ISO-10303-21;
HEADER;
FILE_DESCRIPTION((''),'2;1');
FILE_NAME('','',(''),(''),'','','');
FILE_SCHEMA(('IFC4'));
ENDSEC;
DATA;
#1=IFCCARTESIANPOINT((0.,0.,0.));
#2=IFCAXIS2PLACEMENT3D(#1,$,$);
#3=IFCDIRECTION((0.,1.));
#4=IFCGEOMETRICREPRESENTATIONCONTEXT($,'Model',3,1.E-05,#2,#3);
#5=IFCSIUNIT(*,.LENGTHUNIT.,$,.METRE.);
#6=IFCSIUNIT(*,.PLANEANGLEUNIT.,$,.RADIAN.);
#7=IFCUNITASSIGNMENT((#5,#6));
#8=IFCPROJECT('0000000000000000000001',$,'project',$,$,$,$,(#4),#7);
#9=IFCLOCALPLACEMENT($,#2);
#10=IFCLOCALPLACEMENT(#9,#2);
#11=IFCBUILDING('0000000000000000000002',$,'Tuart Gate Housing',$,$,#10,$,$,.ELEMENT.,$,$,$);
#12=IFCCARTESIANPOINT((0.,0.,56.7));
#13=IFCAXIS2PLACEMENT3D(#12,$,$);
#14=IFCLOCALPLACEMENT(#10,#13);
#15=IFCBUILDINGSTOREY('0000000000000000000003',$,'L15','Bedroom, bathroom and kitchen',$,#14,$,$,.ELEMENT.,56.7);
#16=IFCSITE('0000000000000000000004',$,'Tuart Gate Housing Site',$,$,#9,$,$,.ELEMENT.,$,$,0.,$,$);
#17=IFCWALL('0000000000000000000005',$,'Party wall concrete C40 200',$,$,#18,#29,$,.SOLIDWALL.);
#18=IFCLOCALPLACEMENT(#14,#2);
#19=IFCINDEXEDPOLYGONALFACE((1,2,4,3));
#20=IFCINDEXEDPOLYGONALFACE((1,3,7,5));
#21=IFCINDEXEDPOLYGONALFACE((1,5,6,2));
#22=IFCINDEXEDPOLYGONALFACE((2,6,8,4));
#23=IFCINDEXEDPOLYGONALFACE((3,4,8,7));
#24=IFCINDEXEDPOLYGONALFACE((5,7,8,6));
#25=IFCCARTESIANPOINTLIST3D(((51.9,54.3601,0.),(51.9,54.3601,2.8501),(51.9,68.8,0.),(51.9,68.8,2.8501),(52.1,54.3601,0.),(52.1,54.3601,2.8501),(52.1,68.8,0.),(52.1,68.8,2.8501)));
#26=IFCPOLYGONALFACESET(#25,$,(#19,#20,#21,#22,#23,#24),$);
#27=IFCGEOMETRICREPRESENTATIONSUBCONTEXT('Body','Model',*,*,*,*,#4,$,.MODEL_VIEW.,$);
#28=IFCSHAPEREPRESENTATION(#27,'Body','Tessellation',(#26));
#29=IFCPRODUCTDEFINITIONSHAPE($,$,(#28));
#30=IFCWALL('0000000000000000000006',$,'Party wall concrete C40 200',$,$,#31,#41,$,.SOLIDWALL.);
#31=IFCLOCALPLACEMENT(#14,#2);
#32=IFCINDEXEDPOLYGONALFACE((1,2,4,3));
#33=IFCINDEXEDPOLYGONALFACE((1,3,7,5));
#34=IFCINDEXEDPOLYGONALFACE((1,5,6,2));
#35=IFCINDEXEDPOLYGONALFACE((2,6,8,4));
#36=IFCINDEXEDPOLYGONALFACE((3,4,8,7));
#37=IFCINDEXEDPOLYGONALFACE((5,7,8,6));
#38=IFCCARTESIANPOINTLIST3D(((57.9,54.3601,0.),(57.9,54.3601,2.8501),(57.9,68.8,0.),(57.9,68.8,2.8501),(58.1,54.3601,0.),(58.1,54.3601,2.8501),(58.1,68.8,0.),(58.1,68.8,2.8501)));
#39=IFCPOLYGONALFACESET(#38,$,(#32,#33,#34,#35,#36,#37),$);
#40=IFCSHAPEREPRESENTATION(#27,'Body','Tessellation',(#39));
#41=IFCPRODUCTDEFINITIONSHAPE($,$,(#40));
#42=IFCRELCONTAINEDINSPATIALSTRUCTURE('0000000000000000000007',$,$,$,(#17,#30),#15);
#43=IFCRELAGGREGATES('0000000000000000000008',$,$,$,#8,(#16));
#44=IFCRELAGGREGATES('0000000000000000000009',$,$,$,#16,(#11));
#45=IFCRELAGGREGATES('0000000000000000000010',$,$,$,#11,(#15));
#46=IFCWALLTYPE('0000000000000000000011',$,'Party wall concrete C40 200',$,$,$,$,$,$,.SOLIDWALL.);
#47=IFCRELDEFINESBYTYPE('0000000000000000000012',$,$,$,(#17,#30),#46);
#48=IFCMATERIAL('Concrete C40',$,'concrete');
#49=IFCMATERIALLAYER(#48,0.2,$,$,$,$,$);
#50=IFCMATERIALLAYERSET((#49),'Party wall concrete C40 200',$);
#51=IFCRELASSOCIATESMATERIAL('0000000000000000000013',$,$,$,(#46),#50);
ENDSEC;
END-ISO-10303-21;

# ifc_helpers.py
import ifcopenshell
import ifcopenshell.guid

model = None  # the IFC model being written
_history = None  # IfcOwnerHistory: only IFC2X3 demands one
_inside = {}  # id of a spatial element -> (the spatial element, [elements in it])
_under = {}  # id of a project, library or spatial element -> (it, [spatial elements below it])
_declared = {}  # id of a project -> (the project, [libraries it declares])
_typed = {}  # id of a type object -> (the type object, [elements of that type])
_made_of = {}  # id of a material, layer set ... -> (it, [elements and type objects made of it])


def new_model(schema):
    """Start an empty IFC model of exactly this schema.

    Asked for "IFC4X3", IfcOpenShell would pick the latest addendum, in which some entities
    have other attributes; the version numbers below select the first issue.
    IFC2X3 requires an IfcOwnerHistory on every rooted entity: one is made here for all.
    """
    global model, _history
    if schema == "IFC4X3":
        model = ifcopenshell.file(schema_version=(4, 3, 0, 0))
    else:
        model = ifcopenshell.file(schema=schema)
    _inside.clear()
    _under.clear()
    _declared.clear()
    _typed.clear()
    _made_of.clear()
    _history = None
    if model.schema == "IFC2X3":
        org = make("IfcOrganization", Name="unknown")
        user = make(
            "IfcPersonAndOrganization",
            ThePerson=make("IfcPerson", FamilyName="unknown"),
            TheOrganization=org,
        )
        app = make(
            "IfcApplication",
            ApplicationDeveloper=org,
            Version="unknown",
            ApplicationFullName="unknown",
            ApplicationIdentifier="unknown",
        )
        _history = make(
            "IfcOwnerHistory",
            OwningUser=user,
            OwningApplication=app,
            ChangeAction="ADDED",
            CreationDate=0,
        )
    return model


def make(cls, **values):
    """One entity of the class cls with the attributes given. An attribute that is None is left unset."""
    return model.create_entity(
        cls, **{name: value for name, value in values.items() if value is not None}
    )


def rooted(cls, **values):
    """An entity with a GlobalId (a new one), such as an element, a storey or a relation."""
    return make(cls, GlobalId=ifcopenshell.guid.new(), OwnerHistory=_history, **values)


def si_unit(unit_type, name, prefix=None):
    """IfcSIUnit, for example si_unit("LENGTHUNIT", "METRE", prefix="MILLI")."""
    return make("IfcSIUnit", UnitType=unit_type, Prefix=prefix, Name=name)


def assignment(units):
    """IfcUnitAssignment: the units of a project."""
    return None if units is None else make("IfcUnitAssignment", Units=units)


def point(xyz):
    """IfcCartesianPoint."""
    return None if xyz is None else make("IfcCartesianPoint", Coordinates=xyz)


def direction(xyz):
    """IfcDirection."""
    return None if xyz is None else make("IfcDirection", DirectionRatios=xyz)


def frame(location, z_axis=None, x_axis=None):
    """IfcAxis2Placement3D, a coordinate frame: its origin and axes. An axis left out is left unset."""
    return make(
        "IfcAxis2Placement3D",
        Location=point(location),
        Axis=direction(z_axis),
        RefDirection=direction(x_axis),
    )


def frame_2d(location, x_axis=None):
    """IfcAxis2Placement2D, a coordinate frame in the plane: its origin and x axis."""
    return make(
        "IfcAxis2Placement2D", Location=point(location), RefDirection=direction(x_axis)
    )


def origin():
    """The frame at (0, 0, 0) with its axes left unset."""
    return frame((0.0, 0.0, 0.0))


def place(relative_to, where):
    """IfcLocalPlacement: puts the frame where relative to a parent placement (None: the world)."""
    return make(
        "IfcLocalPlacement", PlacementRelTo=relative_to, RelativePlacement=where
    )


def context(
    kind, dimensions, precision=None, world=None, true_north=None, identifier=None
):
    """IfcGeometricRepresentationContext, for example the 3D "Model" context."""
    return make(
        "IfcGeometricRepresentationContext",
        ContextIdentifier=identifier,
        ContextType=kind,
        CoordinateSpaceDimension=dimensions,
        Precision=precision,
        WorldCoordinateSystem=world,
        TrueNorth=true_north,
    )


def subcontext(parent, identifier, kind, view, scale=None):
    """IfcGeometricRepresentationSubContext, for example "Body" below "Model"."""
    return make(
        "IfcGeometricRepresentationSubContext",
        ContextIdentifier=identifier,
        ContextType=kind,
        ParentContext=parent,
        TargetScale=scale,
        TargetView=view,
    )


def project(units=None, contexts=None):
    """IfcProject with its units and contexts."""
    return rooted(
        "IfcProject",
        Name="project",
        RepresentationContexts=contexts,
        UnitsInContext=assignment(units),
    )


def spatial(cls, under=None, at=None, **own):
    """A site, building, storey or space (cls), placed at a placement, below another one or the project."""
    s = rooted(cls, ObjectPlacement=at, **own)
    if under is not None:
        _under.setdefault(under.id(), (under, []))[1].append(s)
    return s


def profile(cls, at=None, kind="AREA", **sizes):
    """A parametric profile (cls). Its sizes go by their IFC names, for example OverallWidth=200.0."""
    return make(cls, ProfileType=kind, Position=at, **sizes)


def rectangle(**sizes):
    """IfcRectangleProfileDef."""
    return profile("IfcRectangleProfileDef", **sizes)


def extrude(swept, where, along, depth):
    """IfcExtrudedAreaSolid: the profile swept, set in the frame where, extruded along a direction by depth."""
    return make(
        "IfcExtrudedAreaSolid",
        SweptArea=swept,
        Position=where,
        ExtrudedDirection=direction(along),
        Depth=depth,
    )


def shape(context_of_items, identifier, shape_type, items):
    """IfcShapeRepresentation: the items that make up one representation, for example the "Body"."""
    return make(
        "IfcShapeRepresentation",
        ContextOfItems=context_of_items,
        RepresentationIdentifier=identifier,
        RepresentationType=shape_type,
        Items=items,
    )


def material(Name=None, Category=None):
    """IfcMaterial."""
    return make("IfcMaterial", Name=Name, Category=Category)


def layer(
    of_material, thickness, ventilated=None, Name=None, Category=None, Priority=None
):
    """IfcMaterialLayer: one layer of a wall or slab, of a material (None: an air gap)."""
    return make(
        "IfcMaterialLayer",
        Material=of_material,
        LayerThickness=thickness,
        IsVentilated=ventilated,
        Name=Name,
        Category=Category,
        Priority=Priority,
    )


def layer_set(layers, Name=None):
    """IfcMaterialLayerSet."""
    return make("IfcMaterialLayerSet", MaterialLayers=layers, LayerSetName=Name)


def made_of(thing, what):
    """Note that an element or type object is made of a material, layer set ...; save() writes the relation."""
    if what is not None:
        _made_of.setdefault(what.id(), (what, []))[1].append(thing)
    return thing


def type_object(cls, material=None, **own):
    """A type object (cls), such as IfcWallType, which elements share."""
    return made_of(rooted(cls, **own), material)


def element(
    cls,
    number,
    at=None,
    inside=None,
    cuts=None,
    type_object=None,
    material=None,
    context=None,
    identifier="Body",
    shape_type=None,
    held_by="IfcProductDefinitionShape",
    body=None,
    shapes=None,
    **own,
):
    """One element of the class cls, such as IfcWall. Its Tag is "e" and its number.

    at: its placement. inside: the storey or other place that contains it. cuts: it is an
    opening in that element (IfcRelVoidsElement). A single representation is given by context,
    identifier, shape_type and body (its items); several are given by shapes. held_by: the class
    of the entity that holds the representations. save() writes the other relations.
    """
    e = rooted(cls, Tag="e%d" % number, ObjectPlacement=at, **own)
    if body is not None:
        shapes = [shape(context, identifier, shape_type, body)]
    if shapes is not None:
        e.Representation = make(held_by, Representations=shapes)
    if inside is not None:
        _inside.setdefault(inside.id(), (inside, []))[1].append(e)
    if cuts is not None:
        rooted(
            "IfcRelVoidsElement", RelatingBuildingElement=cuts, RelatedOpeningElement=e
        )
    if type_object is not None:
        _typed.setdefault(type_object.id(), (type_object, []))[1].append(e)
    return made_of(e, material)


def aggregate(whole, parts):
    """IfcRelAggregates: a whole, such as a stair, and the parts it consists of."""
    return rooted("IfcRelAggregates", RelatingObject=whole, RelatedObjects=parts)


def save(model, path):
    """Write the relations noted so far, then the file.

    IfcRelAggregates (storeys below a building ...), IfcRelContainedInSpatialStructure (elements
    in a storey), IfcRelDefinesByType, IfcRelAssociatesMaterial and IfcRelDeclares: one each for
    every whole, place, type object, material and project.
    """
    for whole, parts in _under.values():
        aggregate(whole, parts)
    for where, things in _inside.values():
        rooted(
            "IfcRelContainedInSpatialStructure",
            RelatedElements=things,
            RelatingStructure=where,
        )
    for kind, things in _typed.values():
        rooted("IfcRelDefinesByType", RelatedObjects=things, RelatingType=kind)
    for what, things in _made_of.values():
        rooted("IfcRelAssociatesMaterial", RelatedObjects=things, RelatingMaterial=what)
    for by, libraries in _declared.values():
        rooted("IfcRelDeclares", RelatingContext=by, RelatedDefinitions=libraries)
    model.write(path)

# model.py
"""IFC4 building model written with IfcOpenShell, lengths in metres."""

from ifc_helpers import new_model, si_unit, direction, frame, frame_2d, origin, place, context, subcontext, project, spatial, rectangle, extrude, material, layer, layer_set, type_object, element, save


model = new_model("IFC4")

# Units and contexts
model_context = context("Model", 3, precision=1e-05, world=origin(), true_north=direction((0.0, 1.0)))
body_context = subcontext(model_context, "Body", "Model", "MODEL_VIEW")
ifc_project = project(units=[si_unit("LENGTHUNIT", "METRE"), si_unit("PLANEANGLEUNIT", "RADIAN")], contexts=[model_context])

# Site, building, storey
site_placement = place(None, origin())
site = spatial("IfcSite", under=ifc_project, at=site_placement, Name="Tuart Gate Housing Site", CompositionType="ELEMENT", RefElevation=0.0)
building_placement = place(site_placement, origin())
building = spatial("IfcBuilding", under=site, at=building_placement, Name="Tuart Gate Housing", CompositionType="ELEMENT")
storey_placement = place(building_placement, frame((0.0, 0.0, 56.7)))
storey = spatial("IfcBuildingStorey", under=building, at=storey_placement, Name="L15", Description="Bedroom, bathroom and kitchen", CompositionType="ELEMENT", Elevation=56.7)

# Walls
ifc_material_1 = material(Name="Concrete C40", Category="concrete")
ifc_layer_1 = layer(ifc_material_1, 0.2)
ifc_layer_set_1 = layer_set([ifc_layer_1], Name="Party wall concrete C40 200")
wall_type_1 = type_object("IfcWallType", Name="Party wall concrete C40 200", PredefinedType="SOLIDWALL", material=ifc_layer_set_1)
for number, where, z_axis, x_axis, name in (
    (1, (52.0, 54.3601, 0.0), (0.0, 0.0, 1.0), (0.0, 1.0, 0.0), "Party wall concrete C40 200"),
    (2, (58.0, 54.3601, 0.0), (0.0, 0.0, 1.0), (0.0, 1.0, 0.0), "Party wall concrete C40 200"),
):
    element("IfcWall", number, at=place(storey_placement, frame(where, z_axis=z_axis, x_axis=x_axis)), inside=storey, type_object=wall_type_1, Name=name, PredefinedType="SOLIDWALL", context=body_context, shape_type="SweptSolid", body=[
        extrude(rectangle(XDim=14.4399, YDim=0.2, at=frame_2d((7.22, 0.0))), origin(), (0.0, 0.0, 1.0), 2.8501),
    ])

save(model, "model.ifc")
